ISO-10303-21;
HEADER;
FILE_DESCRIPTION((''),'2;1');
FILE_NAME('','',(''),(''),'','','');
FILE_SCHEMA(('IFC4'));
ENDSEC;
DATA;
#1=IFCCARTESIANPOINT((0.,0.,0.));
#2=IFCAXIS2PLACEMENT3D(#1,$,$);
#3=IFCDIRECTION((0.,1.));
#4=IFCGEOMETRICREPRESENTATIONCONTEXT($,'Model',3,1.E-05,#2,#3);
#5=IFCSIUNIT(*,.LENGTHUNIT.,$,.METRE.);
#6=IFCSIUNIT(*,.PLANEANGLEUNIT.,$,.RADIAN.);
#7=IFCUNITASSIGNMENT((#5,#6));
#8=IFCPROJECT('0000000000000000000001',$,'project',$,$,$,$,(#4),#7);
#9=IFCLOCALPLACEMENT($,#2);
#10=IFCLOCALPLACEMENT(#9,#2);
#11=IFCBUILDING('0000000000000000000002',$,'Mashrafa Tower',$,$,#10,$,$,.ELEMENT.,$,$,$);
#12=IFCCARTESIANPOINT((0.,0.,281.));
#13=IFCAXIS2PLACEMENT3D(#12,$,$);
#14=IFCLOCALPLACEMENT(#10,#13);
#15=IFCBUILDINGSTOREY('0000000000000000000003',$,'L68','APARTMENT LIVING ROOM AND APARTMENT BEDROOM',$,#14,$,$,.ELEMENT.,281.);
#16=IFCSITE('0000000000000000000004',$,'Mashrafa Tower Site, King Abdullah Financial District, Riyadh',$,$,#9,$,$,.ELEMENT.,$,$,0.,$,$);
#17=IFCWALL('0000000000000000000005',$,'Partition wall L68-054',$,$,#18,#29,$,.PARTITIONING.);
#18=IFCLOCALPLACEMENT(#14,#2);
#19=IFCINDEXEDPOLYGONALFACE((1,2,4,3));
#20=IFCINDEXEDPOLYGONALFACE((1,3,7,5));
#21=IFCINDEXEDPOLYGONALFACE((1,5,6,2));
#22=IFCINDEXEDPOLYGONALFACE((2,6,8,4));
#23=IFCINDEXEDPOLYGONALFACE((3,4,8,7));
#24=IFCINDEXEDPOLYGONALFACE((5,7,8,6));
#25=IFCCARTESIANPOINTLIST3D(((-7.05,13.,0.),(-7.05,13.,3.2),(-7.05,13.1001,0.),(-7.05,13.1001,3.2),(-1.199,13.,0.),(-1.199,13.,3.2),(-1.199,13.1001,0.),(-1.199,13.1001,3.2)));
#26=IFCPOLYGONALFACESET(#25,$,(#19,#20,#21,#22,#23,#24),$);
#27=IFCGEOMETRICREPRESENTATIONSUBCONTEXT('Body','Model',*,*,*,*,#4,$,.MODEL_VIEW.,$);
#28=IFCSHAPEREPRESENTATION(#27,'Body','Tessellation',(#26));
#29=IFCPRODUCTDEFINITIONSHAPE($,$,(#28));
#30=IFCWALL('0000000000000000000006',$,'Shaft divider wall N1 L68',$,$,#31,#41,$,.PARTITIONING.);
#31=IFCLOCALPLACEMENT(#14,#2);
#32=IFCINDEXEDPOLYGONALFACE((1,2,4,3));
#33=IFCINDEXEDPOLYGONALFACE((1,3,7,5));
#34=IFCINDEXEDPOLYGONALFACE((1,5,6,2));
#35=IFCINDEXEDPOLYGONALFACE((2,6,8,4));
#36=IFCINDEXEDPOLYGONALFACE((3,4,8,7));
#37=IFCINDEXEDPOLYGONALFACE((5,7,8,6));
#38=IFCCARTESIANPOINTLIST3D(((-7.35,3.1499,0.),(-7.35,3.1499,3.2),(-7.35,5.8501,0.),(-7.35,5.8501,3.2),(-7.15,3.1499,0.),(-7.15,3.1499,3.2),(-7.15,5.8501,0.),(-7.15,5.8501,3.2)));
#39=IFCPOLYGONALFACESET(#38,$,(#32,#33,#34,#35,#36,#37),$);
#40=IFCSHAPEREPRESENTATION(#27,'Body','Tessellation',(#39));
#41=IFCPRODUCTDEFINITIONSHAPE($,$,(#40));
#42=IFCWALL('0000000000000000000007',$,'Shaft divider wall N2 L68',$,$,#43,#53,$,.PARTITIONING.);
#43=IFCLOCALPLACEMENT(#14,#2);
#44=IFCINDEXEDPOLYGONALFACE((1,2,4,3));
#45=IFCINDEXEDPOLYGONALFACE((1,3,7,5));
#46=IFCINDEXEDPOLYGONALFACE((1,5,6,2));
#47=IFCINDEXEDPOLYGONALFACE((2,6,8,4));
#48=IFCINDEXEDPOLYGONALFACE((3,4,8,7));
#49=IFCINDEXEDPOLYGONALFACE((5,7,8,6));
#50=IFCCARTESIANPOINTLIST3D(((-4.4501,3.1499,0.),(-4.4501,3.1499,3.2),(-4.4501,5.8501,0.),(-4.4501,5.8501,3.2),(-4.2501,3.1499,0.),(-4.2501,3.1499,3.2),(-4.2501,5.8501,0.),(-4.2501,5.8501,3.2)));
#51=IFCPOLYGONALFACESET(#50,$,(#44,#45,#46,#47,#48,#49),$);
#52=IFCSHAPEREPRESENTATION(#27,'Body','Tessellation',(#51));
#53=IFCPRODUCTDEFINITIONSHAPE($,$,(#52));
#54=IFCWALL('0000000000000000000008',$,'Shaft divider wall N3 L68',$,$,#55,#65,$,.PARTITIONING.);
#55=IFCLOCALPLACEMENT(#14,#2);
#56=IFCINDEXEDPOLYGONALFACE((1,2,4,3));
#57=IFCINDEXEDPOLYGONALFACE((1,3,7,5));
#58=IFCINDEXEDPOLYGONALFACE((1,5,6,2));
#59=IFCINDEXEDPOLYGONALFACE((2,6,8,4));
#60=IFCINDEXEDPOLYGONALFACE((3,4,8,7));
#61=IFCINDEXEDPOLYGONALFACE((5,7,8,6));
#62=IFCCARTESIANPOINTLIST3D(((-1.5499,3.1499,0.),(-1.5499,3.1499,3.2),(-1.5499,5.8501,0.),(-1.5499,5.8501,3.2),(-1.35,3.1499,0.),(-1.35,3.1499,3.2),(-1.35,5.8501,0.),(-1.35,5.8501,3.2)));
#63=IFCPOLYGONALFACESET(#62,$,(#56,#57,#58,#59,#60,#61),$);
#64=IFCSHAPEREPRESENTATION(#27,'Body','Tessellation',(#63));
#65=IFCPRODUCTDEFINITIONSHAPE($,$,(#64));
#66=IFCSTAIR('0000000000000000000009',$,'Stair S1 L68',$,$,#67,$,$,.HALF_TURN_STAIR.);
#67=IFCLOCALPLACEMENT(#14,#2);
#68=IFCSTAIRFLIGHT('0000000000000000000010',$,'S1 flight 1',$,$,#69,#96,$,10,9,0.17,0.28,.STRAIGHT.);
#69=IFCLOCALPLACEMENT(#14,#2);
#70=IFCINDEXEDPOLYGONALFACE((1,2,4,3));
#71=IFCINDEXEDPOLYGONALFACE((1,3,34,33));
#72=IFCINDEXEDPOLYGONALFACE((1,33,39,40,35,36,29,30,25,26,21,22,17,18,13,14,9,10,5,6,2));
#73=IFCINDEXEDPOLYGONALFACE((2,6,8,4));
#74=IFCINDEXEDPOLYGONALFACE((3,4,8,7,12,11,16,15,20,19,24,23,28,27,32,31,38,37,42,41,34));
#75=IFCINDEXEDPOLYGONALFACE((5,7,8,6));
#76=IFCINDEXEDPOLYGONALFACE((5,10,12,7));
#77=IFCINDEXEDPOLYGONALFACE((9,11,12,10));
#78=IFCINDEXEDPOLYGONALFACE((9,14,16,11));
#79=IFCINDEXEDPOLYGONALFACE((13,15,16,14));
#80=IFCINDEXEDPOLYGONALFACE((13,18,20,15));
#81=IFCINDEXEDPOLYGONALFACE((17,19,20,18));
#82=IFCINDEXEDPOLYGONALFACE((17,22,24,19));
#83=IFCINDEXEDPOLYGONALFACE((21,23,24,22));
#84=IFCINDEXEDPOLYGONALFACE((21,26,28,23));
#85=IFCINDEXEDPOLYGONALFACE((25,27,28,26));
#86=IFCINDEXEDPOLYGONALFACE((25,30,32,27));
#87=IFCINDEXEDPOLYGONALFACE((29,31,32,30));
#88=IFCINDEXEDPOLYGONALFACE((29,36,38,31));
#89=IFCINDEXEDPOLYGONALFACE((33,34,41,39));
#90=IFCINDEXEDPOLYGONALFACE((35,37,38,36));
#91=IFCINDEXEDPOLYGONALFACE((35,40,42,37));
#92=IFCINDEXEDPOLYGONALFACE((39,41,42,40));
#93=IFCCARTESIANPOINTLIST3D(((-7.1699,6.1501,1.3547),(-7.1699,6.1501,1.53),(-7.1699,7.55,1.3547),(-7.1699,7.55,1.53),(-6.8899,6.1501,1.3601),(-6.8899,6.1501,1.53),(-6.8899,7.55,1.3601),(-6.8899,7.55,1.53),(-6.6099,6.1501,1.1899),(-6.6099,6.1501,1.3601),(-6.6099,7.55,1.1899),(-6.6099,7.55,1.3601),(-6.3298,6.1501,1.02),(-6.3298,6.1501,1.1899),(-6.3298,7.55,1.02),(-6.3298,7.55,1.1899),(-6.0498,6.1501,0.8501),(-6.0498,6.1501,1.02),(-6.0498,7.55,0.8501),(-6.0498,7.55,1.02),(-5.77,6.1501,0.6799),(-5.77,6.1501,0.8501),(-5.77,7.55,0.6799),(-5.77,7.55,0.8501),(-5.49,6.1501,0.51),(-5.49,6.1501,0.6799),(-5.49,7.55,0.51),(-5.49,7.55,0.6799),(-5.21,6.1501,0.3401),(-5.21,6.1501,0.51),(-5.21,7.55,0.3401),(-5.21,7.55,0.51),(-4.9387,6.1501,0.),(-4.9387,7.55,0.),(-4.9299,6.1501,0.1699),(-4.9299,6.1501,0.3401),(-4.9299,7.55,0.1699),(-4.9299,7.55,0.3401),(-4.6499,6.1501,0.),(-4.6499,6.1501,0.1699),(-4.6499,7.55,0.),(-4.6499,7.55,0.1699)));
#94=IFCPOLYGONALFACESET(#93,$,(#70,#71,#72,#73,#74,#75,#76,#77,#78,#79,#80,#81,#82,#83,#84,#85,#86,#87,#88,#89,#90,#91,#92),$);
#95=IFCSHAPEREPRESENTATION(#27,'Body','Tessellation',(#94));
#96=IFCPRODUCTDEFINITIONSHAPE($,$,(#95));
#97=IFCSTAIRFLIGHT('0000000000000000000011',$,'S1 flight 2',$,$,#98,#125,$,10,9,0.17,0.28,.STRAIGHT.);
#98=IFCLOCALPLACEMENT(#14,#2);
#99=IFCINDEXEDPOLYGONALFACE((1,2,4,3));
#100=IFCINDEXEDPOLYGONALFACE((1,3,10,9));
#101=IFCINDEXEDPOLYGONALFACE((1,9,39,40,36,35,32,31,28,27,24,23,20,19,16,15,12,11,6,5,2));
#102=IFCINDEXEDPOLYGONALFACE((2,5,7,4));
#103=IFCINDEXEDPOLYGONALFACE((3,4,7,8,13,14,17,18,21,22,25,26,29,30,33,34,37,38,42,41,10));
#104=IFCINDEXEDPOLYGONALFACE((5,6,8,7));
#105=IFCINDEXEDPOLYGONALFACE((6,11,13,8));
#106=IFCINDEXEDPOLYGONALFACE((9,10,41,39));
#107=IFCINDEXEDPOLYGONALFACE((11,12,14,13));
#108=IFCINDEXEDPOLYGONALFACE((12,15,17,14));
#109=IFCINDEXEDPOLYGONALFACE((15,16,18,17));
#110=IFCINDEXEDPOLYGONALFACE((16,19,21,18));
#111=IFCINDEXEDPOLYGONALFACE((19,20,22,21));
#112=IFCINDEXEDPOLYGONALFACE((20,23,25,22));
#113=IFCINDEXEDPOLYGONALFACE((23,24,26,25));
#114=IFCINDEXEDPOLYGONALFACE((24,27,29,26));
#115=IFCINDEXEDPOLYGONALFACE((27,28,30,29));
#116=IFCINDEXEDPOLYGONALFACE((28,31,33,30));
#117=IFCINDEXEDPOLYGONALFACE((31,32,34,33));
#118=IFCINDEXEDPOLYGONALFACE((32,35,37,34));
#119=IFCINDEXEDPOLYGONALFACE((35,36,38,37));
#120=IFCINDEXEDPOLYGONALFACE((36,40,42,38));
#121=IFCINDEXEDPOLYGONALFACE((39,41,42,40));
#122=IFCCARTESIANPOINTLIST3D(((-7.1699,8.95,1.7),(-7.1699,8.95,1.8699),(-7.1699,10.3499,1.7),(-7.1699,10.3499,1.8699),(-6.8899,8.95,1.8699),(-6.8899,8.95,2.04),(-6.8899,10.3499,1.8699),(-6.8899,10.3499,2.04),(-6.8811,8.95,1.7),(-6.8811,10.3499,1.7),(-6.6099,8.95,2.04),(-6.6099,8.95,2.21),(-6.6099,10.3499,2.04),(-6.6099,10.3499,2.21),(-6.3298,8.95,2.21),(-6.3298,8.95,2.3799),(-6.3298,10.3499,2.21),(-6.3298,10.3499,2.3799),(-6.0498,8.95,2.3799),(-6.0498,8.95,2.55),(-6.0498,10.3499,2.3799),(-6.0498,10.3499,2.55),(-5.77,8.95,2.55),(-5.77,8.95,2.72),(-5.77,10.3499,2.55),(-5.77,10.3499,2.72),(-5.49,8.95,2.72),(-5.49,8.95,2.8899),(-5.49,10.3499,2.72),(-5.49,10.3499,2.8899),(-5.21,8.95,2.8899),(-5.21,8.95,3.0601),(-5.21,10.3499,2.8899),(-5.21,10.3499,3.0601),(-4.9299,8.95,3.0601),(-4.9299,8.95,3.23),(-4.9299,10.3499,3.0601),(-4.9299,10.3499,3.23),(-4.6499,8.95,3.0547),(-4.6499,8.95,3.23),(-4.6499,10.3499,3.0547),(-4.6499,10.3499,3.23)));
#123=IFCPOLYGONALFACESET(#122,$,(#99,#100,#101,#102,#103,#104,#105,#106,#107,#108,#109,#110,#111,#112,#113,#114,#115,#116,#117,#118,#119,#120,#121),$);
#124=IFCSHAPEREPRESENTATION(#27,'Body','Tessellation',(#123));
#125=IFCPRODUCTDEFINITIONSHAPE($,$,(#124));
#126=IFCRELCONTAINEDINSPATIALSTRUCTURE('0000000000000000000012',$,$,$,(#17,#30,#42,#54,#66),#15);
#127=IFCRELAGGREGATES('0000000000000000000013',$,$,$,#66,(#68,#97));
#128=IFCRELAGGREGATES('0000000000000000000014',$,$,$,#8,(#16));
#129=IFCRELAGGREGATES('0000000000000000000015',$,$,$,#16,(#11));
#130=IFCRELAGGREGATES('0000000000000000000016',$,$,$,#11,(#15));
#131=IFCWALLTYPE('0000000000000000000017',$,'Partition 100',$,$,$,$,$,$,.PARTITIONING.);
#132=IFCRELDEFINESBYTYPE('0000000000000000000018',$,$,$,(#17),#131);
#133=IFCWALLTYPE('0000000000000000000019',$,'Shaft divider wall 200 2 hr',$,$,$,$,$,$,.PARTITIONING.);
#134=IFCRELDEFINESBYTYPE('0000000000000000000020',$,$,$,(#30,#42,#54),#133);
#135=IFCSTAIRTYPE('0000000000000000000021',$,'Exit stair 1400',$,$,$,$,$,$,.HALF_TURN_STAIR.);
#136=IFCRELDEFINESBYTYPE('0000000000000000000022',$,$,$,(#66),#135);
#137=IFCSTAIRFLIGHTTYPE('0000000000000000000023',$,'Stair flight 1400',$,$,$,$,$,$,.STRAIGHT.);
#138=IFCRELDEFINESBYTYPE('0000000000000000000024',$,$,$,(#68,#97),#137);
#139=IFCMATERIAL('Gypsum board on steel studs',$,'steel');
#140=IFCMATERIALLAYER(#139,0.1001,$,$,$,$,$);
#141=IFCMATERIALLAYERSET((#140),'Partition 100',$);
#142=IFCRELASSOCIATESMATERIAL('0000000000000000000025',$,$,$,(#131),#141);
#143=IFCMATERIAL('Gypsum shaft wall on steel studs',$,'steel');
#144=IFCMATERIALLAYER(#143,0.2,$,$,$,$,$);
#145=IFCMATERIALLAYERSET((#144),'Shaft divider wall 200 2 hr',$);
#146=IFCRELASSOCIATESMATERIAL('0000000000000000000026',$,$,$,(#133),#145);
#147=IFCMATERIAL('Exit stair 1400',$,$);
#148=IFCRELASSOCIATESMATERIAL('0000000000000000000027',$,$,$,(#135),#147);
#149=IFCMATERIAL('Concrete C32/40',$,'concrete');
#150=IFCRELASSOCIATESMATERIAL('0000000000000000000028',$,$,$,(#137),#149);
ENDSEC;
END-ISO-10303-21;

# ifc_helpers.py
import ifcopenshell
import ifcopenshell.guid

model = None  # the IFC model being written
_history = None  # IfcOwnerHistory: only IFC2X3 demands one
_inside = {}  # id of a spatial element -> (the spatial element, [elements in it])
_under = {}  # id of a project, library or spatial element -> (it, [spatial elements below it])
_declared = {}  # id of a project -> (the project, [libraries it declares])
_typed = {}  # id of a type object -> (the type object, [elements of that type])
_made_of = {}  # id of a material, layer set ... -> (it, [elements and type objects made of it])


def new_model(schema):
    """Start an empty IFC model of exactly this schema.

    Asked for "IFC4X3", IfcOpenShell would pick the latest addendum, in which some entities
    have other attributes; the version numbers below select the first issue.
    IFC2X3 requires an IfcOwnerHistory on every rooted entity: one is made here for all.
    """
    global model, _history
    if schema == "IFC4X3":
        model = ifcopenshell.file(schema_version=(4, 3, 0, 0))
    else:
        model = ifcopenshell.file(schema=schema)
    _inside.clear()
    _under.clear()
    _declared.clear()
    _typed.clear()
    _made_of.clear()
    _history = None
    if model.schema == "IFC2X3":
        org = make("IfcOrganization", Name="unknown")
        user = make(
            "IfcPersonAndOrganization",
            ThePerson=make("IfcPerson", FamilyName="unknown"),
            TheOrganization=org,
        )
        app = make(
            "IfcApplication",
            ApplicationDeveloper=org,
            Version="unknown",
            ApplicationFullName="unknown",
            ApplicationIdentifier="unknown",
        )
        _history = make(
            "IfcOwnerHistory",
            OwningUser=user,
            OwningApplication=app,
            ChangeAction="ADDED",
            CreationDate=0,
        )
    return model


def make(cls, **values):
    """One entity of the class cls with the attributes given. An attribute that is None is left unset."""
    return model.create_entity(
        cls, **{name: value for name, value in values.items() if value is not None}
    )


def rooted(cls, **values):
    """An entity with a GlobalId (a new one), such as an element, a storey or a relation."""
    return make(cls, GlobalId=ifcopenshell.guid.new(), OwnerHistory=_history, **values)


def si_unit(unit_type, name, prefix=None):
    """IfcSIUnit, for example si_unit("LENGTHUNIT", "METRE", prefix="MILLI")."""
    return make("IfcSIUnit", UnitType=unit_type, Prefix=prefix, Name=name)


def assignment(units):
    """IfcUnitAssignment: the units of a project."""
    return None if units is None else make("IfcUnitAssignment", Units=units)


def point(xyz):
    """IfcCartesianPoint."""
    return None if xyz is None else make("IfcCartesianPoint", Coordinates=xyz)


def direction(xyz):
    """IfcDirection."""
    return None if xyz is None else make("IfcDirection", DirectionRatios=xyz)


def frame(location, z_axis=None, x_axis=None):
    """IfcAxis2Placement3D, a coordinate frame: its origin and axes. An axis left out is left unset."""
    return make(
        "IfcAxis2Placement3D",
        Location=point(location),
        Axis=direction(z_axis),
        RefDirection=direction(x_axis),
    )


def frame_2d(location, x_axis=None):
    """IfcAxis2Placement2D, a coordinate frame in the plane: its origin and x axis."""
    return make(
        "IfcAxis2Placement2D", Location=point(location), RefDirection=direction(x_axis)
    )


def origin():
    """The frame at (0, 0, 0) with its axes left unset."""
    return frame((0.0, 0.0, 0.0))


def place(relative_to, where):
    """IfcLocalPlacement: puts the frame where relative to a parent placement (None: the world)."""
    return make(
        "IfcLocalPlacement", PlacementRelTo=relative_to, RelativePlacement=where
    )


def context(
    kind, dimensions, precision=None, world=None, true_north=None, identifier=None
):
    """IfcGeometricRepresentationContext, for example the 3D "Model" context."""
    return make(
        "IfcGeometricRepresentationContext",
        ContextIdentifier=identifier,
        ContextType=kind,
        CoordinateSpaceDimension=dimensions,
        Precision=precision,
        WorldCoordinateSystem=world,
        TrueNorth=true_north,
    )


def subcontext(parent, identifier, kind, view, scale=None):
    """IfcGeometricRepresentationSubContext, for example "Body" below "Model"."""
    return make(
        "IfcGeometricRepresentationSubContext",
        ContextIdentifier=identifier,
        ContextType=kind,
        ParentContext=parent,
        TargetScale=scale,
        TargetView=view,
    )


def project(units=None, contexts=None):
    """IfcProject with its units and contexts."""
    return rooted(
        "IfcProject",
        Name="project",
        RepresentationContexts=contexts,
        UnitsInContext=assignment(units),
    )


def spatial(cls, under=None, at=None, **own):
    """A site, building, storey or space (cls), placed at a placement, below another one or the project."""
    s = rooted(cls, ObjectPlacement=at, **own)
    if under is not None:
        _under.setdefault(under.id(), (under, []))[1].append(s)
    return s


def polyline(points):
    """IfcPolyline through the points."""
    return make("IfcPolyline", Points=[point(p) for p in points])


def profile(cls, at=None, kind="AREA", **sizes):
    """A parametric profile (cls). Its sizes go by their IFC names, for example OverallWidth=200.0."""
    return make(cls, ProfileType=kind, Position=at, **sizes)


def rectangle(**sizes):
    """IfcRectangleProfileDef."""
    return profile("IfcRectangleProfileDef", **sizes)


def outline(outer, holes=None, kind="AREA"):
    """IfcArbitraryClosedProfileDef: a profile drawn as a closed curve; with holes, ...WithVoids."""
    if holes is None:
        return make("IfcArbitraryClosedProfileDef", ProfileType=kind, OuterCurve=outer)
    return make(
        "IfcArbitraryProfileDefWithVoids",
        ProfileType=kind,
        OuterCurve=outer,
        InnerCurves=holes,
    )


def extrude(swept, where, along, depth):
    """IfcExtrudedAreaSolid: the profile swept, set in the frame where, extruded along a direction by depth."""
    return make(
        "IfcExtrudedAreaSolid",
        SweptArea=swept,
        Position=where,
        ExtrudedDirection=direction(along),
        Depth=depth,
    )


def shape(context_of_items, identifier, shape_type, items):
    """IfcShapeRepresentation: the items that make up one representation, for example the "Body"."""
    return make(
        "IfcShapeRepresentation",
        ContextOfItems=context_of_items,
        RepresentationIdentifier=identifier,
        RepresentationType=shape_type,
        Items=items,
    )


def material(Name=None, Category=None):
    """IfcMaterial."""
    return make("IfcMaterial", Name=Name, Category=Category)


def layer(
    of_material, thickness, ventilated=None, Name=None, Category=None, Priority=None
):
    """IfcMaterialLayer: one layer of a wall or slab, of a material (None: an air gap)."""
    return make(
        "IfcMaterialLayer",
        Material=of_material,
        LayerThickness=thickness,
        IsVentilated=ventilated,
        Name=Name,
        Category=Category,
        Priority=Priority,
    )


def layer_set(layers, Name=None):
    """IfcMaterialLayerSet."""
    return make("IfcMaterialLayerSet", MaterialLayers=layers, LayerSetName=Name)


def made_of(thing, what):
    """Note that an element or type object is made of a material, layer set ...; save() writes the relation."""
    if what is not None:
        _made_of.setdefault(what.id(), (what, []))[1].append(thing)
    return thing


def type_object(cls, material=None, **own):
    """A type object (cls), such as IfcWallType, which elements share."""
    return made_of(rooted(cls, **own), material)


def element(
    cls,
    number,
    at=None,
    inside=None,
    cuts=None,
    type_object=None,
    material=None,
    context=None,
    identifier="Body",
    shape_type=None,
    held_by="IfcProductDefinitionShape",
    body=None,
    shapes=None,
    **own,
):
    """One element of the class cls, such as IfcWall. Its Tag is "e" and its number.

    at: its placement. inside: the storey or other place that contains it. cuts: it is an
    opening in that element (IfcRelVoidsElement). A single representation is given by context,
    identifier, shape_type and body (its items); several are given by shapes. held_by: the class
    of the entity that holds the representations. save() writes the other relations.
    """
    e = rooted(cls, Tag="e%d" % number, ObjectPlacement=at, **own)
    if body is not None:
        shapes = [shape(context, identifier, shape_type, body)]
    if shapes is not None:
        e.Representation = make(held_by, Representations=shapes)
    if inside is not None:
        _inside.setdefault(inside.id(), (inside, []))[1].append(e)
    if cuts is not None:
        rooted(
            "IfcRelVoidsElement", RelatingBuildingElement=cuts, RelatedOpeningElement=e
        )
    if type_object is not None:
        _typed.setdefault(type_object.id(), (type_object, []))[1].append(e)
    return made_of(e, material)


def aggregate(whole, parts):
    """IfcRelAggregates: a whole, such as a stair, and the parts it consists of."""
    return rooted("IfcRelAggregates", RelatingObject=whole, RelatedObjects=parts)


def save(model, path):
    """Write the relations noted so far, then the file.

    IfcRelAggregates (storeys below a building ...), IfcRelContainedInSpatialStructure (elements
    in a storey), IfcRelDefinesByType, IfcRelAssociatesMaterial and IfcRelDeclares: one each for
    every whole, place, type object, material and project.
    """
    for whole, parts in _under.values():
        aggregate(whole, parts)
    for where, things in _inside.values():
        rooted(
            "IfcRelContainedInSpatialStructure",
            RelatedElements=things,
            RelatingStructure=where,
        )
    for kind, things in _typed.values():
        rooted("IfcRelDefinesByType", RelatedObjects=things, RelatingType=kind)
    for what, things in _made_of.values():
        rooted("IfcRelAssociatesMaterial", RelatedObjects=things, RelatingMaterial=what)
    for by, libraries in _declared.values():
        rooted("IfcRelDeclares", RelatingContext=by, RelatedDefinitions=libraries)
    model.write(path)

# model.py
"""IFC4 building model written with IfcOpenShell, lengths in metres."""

from ifc_helpers import new_model, si_unit, direction, frame, frame_2d, origin, place, context, subcontext, project, spatial, polyline, rectangle, outline, extrude, material, layer, layer_set, type_object, element, aggregate, save


model = new_model("IFC4")

# Units and contexts
model_context = context("Model", 3, precision=1e-05, world=origin(), true_north=direction((0.0, 1.0)))
body_context = subcontext(model_context, "Body", "Model", "MODEL_VIEW")
ifc_project = project(units=[si_unit("LENGTHUNIT", "METRE"), si_unit("PLANEANGLEUNIT", "RADIAN")], contexts=[model_context])

# Site, building, storey
site_placement = place(None, origin())
site = spatial("IfcSite", under=ifc_project, at=site_placement, Name="Mashrafa Tower Site, King Abdullah Financial District, Riyadh", CompositionType="ELEMENT", RefElevation=0.0)
building_placement = place(site_placement, origin())
building = spatial("IfcBuilding", under=site, at=building_placement, Name="Mashrafa Tower", CompositionType="ELEMENT")
storey_placement = place(building_placement, frame((0.0, 0.0, 281.0)))
storey = spatial("IfcBuildingStorey", under=building, at=storey_placement, Name="L68", Description="APARTMENT LIVING ROOM AND APARTMENT BEDROOM", CompositionType="ELEMENT", Elevation=281.0)

# Walls
ifc_material_1 = material(Name="Gypsum board on steel studs", Category="steel")
ifc_layer_1 = layer(ifc_material_1, 0.1001)
ifc_layer_set_1 = layer_set([ifc_layer_1], Name="Partition 100")
wall_type_1 = type_object("IfcWallType", Name="Partition 100", PredefinedType="PARTITIONING", material=ifc_layer_set_1)
wall_1_placement = place(storey_placement, frame((-7.05, 13.05, 0.0), z_axis=(0.0, 0.0, 1.0), x_axis=(1.0, 0.0, 0.0)))
element("IfcWall", 1, at=wall_1_placement, inside=storey, type_object=wall_type_1, Name="Partition wall L68-054", PredefinedType="PARTITIONING", context=body_context, shape_type="SweptSolid", body=[
    extrude(rectangle(XDim=5.8511, YDim=0.1001, at=frame_2d((2.9255, 0.0))), origin(), (0.0, 0.0, 1.0), 3.2),
])
ifc_material_2 = material(Name="Gypsum shaft wall on steel studs", Category="steel")
ifc_layer_2 = layer(ifc_material_2, 0.2)
ifc_layer_set_2 = layer_set([ifc_layer_2], Name="Shaft divider wall 200 2 hr")
wall_type_2 = type_object("IfcWallType", Name="Shaft divider wall 200 2 hr", PredefinedType="PARTITIONING", material=ifc_layer_set_2)
for number, where, z_axis, x_axis, name in (
    (2, (-7.25, 3.1499, 0.0), (0.0, 0.0, 1.0), (0.0, 1.0, 0.0), "Shaft divider wall N1 L68"),
    (3, (-4.3501, 3.1499, 0.0), (0.0, 0.0, 1.0), (0.0, 1.0, 0.0), "Shaft divider wall N2 L68"),
    (4, (-1.45, 3.1499, 0.0), (0.0, 0.0, 1.0), (0.0, 1.0, 0.0), "Shaft divider wall N3 L68"),
):
    element("IfcWall", number, at=place(storey_placement, frame(where, z_axis=z_axis, x_axis=x_axis)), inside=storey, type_object=wall_type_2, Name=name, PredefinedType="PARTITIONING", context=body_context, shape_type="SweptSolid", body=[
        extrude(rectangle(XDim=2.7002, YDim=0.2, at=frame_2d((1.3501, 0.0))), origin(), (0.0, 0.0, 1.0), 3.2),
    ])

# Stair, stair flights
ifc_material_3 = material(Name="Exit stair 1400")
stair_type = type_object("IfcStairType", Name="Exit stair 1400", PredefinedType="HALF_TURN_STAIR", material=ifc_material_3)
stair_placement = place(storey_placement, origin())
stair = element("IfcStair", 5, at=stair_placement, inside=storey, type_object=stair_type, Name="Stair S1 L68", PredefinedType="HALF_TURN_STAIR")
ifc_material_4 = material(Name="Concrete C32/40", Category="concrete")
stair_flight_type = type_object("IfcStairFlightType", Name="Stair flight 1400", PredefinedType="STRAIGHT", material=ifc_material_4)
stair_flight_1_placement = place(storey_placement, frame((-4.6499, 6.8501, 0.0), z_axis=(0.0, 0.0, 1.0), x_axis=(-1.0, 0.0, 0.0)))
stair_flight_1 = element("IfcStairFlight", 6, at=stair_flight_1_placement, type_object=stair_flight_type, Name="S1 flight 1", NumberOfRisers=10, NumberOfTreads=9, PredefinedType="STRAIGHT", RiserHeight=0.17, TreadLength=0.28, context=body_context, shape_type="SweptSolid", body=[
    extrude(outline(polyline([(0.0, 0.0), (0.0, 0.1699), (0.28, 0.1699), (0.28, 0.3401), (0.5601, 0.3401), (0.5601, 0.51), (0.8401, 0.51), (0.8401, 0.6799), (1.1201, 0.6799), (1.1201, 0.8501), (1.3999, 0.8501), (1.3999, 1.02), (1.6799, 1.02), (1.6799, 1.1899), (1.96, 1.1899), (1.96, 1.3601), (2.24, 1.3601), (2.24, 1.53), (2.52, 1.53), (2.52, 1.7), (2.52, 1.3547), (0.2888, 0.0), (0.0, 0.0)])), frame((0.0, 0.7, 0.0), z_axis=(0.0, -1.0, 0.0), x_axis=(1.0, 0.0, 0.0)), (0.0, 0.0, 1.0), 1.3999),
])
stair_flight_2_placement = place(storey_placement, frame((-7.1699, 9.6499, 1.7), z_axis=(0.0, 0.0, 1.0), x_axis=(1.0, 0.0, 0.0)))
stair_flight_2 = element("IfcStairFlight", 7, at=stair_flight_2_placement, type_object=stair_flight_type, Name="S1 flight 2", NumberOfRisers=10, NumberOfTreads=9, PredefinedType="STRAIGHT", RiserHeight=0.17, TreadLength=0.28, context=body_context, shape_type="SweptSolid", body=[
    extrude(outline(polyline([(0.0, 0.0), (0.0, 0.1699), (0.28, 0.1699), (0.28, 0.3401), (0.5601, 0.3401), (0.5601, 0.51), (0.8401, 0.51), (0.8401, 0.6799), (1.1201, 0.6799), (1.1201, 0.8501), (1.3999, 0.8501), (1.3999, 1.02), (1.6799, 1.02), (1.6799, 1.1899), (1.96, 1.1899), (1.96, 1.3601), (2.24, 1.3601), (2.24, 1.53), (2.52, 1.53), (2.52, 1.7), (2.52, 1.3547), (0.2888, 0.0), (0.0, 0.0)])), frame((0.0, 0.7, 0.0), z_axis=(0.0, -1.0, 0.0), x_axis=(1.0, 0.0, 0.0)), (0.0, 0.0, 1.0), 1.3999),
])
aggregate(stair, [stair_flight_1, stair_flight_2])

save(model, "model.ifc")
